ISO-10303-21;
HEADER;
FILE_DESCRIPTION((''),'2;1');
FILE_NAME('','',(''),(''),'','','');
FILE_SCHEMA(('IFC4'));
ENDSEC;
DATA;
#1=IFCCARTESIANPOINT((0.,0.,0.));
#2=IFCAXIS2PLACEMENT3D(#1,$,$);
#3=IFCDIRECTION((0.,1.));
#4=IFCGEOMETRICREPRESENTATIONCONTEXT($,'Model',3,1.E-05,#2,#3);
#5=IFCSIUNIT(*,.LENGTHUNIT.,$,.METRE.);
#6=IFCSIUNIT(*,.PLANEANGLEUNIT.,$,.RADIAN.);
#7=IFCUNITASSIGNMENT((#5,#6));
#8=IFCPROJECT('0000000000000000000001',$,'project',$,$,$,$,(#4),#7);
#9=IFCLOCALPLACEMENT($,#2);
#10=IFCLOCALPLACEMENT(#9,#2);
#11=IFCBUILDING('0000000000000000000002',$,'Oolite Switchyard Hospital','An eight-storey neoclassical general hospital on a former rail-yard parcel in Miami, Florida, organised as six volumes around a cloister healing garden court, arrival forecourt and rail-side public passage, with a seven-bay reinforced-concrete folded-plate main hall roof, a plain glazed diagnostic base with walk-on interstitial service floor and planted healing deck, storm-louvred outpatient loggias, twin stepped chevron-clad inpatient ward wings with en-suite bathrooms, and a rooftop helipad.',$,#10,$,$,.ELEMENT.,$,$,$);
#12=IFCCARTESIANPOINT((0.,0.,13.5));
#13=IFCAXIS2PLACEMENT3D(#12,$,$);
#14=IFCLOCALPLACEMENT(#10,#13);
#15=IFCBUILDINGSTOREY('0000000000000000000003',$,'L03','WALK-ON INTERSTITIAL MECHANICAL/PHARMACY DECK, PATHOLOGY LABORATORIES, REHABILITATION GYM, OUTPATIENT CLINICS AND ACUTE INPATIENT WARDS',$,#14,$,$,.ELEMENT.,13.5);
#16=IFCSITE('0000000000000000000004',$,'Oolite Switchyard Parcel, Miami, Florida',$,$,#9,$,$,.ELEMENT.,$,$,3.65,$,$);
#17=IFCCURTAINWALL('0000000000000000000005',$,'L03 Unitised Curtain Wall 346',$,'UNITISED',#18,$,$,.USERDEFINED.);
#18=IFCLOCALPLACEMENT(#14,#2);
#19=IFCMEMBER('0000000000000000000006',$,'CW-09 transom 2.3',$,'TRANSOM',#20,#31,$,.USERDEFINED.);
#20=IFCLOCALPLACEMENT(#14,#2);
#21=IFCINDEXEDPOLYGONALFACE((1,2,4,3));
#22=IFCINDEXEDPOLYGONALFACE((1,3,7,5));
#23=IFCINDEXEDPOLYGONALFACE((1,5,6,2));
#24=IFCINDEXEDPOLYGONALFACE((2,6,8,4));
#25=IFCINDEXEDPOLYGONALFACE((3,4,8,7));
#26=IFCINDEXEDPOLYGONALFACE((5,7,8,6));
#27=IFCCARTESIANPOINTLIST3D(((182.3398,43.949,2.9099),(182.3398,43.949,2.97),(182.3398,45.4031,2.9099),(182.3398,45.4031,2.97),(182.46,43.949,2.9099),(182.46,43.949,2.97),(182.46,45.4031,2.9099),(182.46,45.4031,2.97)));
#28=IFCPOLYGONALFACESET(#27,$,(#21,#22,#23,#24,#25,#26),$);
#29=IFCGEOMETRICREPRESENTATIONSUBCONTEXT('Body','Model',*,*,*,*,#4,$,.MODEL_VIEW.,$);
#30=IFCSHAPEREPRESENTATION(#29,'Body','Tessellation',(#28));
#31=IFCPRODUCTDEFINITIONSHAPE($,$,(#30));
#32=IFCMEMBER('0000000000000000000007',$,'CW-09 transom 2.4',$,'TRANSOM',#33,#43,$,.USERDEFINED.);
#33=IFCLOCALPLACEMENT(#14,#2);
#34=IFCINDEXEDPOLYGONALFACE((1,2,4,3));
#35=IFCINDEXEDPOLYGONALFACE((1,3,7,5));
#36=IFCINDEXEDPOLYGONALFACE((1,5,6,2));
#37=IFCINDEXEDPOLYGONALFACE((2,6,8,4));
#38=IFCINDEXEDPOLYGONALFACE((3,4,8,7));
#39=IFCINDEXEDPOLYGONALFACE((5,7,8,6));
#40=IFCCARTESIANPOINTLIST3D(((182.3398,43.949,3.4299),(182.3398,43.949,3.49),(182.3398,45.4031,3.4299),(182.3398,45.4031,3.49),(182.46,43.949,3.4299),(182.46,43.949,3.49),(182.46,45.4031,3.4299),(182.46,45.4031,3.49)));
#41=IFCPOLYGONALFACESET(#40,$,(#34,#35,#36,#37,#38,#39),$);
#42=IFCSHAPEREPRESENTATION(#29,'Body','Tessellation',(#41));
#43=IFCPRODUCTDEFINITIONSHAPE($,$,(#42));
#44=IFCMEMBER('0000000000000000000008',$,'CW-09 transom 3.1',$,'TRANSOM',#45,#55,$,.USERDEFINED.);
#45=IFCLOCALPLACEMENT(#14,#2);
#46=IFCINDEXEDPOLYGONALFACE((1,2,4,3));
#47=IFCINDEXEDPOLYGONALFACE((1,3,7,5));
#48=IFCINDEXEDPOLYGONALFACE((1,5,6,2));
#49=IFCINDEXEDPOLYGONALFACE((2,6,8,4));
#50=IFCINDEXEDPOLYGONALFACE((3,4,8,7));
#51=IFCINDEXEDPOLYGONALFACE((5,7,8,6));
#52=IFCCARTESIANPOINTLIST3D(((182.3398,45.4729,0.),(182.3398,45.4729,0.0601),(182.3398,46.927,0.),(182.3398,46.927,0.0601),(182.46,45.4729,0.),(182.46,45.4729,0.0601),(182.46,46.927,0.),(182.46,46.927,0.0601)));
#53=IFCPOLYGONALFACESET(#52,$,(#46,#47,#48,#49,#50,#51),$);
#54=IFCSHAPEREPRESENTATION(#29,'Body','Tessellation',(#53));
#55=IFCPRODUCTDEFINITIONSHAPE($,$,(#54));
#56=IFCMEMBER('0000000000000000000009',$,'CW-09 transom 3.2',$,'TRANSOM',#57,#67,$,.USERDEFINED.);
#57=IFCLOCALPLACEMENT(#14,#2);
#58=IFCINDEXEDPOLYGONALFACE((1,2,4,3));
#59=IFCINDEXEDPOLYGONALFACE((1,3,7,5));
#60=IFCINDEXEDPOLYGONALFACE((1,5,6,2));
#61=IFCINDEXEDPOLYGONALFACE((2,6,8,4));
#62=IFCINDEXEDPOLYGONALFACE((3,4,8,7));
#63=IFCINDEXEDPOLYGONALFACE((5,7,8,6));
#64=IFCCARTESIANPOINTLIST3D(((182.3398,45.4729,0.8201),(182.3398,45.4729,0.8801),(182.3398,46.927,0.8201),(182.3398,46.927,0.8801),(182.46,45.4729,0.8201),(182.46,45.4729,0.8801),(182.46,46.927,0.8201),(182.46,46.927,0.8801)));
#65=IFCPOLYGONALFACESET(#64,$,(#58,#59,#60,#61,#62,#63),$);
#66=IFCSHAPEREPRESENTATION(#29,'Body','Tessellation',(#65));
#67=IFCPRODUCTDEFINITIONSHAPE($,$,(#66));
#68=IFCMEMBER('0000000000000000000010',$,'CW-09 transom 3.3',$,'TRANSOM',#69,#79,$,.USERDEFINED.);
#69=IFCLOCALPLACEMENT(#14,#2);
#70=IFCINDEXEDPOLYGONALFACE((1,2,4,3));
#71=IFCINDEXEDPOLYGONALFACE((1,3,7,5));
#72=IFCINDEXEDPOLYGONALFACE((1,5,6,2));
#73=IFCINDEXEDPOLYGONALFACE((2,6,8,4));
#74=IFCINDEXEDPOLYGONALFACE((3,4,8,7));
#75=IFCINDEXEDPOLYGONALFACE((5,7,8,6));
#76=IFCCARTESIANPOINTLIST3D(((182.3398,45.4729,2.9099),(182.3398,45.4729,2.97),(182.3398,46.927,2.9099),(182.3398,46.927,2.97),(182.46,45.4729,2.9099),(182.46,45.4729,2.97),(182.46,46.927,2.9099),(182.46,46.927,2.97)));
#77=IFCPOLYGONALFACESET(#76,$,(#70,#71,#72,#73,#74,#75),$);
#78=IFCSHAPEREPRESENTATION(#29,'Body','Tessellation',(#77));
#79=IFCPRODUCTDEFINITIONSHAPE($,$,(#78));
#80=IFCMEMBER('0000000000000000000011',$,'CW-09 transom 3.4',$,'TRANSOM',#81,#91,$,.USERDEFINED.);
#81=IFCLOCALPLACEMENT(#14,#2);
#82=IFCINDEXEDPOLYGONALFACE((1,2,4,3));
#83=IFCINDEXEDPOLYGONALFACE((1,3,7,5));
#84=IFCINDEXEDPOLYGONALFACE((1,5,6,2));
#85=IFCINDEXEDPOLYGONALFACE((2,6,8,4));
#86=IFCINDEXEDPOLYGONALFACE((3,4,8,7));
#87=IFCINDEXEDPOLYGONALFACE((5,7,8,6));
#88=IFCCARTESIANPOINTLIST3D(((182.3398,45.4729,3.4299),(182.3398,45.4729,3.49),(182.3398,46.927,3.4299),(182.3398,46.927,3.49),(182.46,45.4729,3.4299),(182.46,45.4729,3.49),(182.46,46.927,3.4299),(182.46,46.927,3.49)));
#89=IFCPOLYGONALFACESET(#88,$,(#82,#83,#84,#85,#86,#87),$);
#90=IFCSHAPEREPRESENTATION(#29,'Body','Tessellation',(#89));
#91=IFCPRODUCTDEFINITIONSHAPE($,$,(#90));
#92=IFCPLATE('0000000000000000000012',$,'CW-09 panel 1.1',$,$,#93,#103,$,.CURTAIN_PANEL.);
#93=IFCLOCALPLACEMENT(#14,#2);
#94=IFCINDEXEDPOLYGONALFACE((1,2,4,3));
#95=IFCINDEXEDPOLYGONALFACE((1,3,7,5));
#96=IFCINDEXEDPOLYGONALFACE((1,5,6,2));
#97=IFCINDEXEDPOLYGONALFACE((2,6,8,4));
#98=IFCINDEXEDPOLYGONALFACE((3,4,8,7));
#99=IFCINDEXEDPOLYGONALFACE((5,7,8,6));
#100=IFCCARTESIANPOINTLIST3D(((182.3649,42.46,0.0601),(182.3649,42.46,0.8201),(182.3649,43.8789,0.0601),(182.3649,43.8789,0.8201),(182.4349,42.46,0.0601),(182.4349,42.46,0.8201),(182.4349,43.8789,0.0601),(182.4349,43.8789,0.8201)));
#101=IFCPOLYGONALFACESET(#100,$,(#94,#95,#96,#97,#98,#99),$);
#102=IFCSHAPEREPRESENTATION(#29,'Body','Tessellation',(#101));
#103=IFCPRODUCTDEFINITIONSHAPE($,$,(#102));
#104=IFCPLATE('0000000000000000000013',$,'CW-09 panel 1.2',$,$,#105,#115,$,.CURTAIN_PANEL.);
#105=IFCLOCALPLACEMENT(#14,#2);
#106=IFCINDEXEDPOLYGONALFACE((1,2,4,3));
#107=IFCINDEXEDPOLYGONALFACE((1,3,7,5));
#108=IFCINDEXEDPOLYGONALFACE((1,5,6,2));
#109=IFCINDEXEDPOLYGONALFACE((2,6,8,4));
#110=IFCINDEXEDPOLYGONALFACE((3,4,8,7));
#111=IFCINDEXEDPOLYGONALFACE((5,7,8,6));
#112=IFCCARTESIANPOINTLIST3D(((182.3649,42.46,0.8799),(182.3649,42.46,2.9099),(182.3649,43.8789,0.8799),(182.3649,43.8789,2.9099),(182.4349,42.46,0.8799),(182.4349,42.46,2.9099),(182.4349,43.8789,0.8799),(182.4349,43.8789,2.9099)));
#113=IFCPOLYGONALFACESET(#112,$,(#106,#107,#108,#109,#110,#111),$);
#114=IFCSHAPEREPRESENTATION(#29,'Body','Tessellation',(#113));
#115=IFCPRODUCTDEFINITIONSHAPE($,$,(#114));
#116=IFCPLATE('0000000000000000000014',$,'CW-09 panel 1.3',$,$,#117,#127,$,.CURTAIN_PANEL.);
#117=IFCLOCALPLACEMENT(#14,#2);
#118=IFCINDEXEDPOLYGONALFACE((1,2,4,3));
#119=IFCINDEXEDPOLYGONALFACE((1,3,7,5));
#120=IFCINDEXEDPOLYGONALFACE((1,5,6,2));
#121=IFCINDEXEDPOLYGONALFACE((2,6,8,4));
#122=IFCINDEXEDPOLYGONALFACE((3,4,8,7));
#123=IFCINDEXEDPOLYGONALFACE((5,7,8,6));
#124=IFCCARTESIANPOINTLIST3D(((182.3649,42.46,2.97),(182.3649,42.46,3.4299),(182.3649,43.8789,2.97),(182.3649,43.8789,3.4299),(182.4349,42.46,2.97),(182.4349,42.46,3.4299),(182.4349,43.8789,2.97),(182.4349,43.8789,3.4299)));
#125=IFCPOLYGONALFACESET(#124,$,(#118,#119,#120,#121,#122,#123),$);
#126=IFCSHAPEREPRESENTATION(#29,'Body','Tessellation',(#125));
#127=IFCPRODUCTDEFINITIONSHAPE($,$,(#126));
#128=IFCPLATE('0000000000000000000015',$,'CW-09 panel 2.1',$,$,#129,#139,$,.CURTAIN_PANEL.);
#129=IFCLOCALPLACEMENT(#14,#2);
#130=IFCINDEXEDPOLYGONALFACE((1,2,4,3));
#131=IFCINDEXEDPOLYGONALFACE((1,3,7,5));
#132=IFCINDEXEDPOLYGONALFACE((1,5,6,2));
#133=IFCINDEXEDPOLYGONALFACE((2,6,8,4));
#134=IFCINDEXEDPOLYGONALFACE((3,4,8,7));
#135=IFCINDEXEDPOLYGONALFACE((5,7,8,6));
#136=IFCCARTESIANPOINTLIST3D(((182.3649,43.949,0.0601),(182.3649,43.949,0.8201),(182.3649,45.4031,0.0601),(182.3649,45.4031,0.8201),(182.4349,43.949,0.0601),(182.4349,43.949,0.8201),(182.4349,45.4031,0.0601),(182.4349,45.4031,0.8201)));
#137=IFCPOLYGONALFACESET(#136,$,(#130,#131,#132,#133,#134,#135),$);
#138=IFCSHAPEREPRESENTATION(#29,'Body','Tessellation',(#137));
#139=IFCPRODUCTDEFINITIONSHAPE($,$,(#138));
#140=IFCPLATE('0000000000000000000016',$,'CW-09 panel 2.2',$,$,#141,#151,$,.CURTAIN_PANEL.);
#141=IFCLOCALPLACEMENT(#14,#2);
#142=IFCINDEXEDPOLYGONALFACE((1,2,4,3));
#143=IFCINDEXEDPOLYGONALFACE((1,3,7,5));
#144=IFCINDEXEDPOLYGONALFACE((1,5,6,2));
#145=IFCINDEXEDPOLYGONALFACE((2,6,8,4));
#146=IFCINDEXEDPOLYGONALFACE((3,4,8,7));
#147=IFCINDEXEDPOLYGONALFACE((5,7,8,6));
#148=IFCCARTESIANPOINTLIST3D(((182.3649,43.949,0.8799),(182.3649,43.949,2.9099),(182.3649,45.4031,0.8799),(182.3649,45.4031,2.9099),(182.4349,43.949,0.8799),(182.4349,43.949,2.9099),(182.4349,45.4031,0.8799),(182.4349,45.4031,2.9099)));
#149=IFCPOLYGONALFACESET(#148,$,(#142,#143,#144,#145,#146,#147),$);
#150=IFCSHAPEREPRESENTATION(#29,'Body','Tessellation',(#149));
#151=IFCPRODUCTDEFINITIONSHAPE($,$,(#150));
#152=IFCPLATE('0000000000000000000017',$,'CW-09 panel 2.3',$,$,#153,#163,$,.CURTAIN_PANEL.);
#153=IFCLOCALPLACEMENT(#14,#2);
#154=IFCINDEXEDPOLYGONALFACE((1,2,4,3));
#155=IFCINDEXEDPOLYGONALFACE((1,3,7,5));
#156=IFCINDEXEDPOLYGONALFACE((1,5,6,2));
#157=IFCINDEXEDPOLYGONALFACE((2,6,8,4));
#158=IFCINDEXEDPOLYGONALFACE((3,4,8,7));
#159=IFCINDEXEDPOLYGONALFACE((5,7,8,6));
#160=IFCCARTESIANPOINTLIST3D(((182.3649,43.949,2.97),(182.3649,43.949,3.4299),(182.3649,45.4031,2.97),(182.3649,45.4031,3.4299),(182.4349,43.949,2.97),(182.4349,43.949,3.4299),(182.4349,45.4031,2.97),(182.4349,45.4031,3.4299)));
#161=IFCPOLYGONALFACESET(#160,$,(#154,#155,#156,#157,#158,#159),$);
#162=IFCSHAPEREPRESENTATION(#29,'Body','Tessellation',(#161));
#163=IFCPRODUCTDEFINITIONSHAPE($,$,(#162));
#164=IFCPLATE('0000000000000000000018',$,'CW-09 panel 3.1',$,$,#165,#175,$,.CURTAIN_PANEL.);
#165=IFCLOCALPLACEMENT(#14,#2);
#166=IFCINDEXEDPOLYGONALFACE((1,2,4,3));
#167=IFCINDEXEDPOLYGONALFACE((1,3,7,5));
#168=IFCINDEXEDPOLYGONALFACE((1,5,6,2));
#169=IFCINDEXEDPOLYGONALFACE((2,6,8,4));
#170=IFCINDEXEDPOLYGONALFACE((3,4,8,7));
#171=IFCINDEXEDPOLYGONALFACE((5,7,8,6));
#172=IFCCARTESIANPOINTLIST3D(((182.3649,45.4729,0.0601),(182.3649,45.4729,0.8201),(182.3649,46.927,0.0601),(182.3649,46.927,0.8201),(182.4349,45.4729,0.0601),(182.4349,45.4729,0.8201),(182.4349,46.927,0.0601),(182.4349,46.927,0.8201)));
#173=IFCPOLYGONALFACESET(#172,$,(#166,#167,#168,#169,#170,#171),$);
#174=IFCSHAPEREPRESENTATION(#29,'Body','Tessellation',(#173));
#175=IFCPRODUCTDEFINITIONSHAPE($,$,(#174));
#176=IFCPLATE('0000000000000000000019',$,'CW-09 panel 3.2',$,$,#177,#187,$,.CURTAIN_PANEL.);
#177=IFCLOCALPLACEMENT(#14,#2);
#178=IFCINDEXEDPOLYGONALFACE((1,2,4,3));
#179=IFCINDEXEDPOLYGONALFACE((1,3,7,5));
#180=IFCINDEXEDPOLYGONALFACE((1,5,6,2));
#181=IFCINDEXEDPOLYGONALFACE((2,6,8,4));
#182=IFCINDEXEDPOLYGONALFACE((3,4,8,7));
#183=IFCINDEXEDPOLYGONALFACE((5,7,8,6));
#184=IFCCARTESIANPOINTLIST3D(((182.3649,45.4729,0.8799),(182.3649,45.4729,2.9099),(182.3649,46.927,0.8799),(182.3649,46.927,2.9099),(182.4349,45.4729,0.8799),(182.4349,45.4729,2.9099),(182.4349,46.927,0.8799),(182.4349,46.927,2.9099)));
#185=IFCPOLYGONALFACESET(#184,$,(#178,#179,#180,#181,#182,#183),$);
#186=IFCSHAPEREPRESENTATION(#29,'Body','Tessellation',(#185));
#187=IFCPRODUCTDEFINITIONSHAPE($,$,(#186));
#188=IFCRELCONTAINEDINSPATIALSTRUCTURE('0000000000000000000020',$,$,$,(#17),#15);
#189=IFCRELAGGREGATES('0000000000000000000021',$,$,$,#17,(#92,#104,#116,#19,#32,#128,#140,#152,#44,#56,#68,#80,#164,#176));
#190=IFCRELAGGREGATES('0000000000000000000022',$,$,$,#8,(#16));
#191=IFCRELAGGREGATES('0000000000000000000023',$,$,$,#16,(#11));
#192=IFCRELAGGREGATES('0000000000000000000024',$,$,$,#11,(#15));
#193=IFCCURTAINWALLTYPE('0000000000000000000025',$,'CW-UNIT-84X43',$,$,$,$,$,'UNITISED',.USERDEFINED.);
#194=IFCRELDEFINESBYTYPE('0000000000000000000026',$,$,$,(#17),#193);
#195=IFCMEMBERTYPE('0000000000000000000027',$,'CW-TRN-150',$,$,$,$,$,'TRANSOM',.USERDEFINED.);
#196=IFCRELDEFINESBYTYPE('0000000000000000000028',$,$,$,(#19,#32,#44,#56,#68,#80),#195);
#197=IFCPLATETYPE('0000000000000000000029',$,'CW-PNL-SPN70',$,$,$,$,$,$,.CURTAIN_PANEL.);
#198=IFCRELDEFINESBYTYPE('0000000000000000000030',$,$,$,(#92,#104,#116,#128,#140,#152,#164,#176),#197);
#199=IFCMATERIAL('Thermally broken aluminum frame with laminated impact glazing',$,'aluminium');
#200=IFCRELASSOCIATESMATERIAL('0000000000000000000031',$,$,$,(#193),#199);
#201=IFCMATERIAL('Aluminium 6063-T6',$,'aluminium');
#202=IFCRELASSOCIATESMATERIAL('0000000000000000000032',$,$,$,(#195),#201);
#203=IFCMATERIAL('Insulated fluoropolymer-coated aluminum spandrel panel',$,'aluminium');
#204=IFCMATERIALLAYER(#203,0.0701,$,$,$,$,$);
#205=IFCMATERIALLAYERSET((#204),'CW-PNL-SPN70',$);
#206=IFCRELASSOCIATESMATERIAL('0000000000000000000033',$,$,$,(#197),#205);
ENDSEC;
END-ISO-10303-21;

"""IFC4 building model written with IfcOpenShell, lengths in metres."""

from ifc_helpers import new_model, si_unit, direction, frame, origin, origin_2d, place, context, subcontext, project, spatial, rectangle, extrude, material, layer, layer_set, material_profile, profile_set, type_object, element, aggregate, save


model = new_model("IFC4")

# Units and contexts
model_context = context("Model", 3, precision=1e-05, world=origin(), true_north=direction((0.0, 1.0)))
body_context = subcontext(model_context, "Body", "Model", "MODEL_VIEW")
ifc_project = project(units=[si_unit("LENGTHUNIT", "METRE"), si_unit("PLANEANGLEUNIT", "RADIAN")], contexts=[model_context])

# Site, building, storey
site_placement = place(None, origin())
site = spatial("IfcSite", under=ifc_project, at=site_placement, Name="Oolite Switchyard Parcel, Miami, Florida", CompositionType="ELEMENT", RefElevation=3.65)
building_placement = place(site_placement, origin())
building = spatial("IfcBuilding", under=site, at=building_placement, Name="Oolite Switchyard Hospital", Description="An eight-storey neoclassical general hospital on a former rail-yard parcel in Miami, Florida, organised as six volumes around a cloister healing garden court, arrival forecourt and rail-side public passage, with a seven-bay reinforced-concrete folded-plate main hall roof, a plain glazed diagnostic base with walk-on interstitial service floor and planted healing deck, storm-louvred outpatient loggias, twin stepped chevron-clad inpatient ward wings with en-suite bathrooms, and a rooftop helipad.", CompositionType="ELEMENT")
storey_placement = place(building_placement, frame((0.0, 0.0, 13.5)))
storey = spatial("IfcBuildingStorey", under=building, at=storey_placement, Name="L03", Description="WALK-ON INTERSTITIAL MECHANICAL/PHARMACY DECK, PATHOLOGY LABORATORIES, REHABILITATION GYM, OUTPATIENT CLINICS AND ACUTE INPATIENT WARDS", CompositionType="ELEMENT", Elevation=13.5)

# Curtain wall, members, plates
ifc_material_1 = material(Name="Thermally broken aluminum frame with laminated impact glazing", Category="aluminium")
curtain_wall_type = type_object("IfcCurtainWallType", Name="CW-UNIT-84X43", ElementType="UNITISED", PredefinedType="USERDEFINED", material=ifc_material_1)
curtain_wall_placement = place(storey_placement, origin())
curtain_wall = element("IfcCurtainWall", 1, at=curtain_wall_placement, inside=storey, type_object=curtain_wall_type, Name="L03 Unitised Curtain Wall 346", ObjectType="UNITISED", PredefinedType="USERDEFINED")
ifc_material_2 = material(Name="Aluminium 6063-T6", Category="aluminium")
ifc_material_profile_1 = material_profile(ifc_material_2, rectangle(XDim=0.1201, YDim=0.0601, at=origin_2d()), Name="CWT60X120")
ifc_profile_set_1 = profile_set([ifc_material_profile_1], Name="Aluminium 6063-T6")
member_type_1 = type_object("IfcMemberType", Name="CW-TRN-150", ElementType="TRANSOM", PredefinedType="USERDEFINED", material=ifc_profile_set_1)
member_1_placement = place(storey_placement, frame((182.3999, 43.949, 2.9399), z_axis=(0.0, 1.0, 0.0), x_axis=(-1.0, 0.0, 0.0)))
member_1 = element("IfcMember", 2, at=member_1_placement, type_object=member_type_1, Name="CW-09 transom 2.3", ObjectType="TRANSOM", PredefinedType="USERDEFINED", context=body_context, shape_type="SweptSolid", body=[
    extrude(rectangle(XDim=0.1201, YDim=0.0601, at=origin_2d()), origin(), (0.0, 0.0, 1.0), 1.4541),
])
member_2_placement = place(storey_placement, frame((182.3999, 43.949, 3.46), z_axis=(0.0, 1.0, 0.0), x_axis=(-1.0, 0.0, 0.0)))
member_2 = element("IfcMember", 3, at=member_2_placement, type_object=member_type_1, Name="CW-09 transom 2.4", ObjectType="TRANSOM", PredefinedType="USERDEFINED", context=body_context, shape_type="SweptSolid", body=[
    extrude(rectangle(XDim=0.1201, YDim=0.0601, at=origin_2d()), origin(), (0.0, 0.0, 1.0), 1.4541),
])
member_3_placement = place(storey_placement, frame((182.3999, 45.4729, 0.03), z_axis=(0.0, 1.0, 0.0), x_axis=(-1.0, 0.0, 0.0)))
member_3 = element("IfcMember", 4, at=member_3_placement, type_object=member_type_1, Name="CW-09 transom 3.1", ObjectType="TRANSOM", PredefinedType="USERDEFINED", context=body_context, shape_type="SweptSolid", body=[
    extrude(rectangle(XDim=0.1201, YDim=0.0601, at=origin_2d()), origin(), (0.0, 0.0, 1.0), 1.4541),
])
member_4_placement = place(storey_placement, frame((182.3999, 45.4729, 0.8501), z_axis=(0.0, 1.0, 0.0), x_axis=(-1.0, 0.0, 0.0)))
member_4 = element("IfcMember", 5, at=member_4_placement, type_object=member_type_1, Name="CW-09 transom 3.2", ObjectType="TRANSOM", PredefinedType="USERDEFINED", context=body_context, shape_type="SweptSolid", body=[
    extrude(rectangle(XDim=0.1201, YDim=0.0601, at=origin_2d()), origin(), (0.0, 0.0, 1.0), 1.4541),
])
member_5_placement = place(storey_placement, frame((182.3999, 45.4729, 2.9399), z_axis=(0.0, 1.0, 0.0), x_axis=(-1.0, 0.0, 0.0)))
member_5 = element("IfcMember", 6, at=member_5_placement, type_object=member_type_1, Name="CW-09 transom 3.3", ObjectType="TRANSOM", PredefinedType="USERDEFINED", context=body_context, shape_type="SweptSolid", body=[
    extrude(rectangle(XDim=0.1201, YDim=0.0601, at=origin_2d()), origin(), (0.0, 0.0, 1.0), 1.4541),
])
member_6_placement = place(storey_placement, frame((182.3999, 45.4729, 3.46), z_axis=(0.0, 1.0, 0.0), x_axis=(-1.0, 0.0, 0.0)))
member_6 = element("IfcMember", 7, at=member_6_placement, type_object=member_type_1, Name="CW-09 transom 3.4", ObjectType="TRANSOM", PredefinedType="USERDEFINED", context=body_context, shape_type="SweptSolid", body=[
    extrude(rectangle(XDim=0.1201, YDim=0.0601, at=origin_2d()), origin(), (0.0, 0.0, 1.0), 1.4541),
])
ifc_material_3 = material(Name="Insulated fluoropolymer-coated aluminum spandrel panel", Category="aluminium")
ifc_layer = layer(ifc_material_3, 0.0701)
ifc_layer_set = layer_set([ifc_layer], Name="CW-PNL-SPN70")
plate_type = type_object("IfcPlateType", Name="CW-PNL-SPN70", PredefinedType="CURTAIN_PANEL", material=ifc_layer_set)
plate_1_placement = place(storey_placement, frame((182.3999, 43.1694, 0.0601), z_axis=(0.0, 0.0, 1.0), x_axis=(0.0, 1.0, 0.0)))
plate_1 = element("IfcPlate", 8, at=plate_1_placement, type_object=plate_type, Name="CW-09 panel 1.1", PredefinedType="CURTAIN_PANEL", context=body_context, shape_type="SweptSolid", body=[
    extrude(rectangle(XDim=1.4189, YDim=0.0701, at=origin_2d()), origin(), (0.0, 0.0, 1.0), 0.76),
])
plate_2_placement = place(storey_placement, frame((182.3999, 43.1694, 0.8799), z_axis=(0.0, 0.0, 1.0), x_axis=(0.0, 1.0, 0.0)))
plate_2 = element("IfcPlate", 9, at=plate_2_placement, type_object=plate_type, Name="CW-09 panel 1.2", PredefinedType="CURTAIN_PANEL", context=body_context, shape_type="SweptSolid", body=[
    extrude(rectangle(XDim=1.4189, YDim=0.0701, at=origin_2d()), origin(), (0.0, 0.0, 1.0), 2.03),
])
plate_3_placement = place(storey_placement, frame((182.3999, 43.1694, 2.97), z_axis=(0.0, 0.0, 1.0), x_axis=(0.0, 1.0, 0.0)))
plate_3 = element("IfcPlate", 10, at=plate_3_placement, type_object=plate_type, Name="CW-09 panel 1.3", PredefinedType="CURTAIN_PANEL", context=body_context, shape_type="SweptSolid", body=[
    extrude(rectangle(XDim=1.4189, YDim=0.0701, at=origin_2d()), origin(), (0.0, 0.0, 1.0), 0.46),
])
plate_4_placement = place(storey_placement, frame((182.3999, 44.676, 0.0601), z_axis=(0.0, 0.0, 1.0), x_axis=(0.0, 1.0, 0.0)))
plate_4 = element("IfcPlate", 11, at=plate_4_placement, type_object=plate_type, Name="CW-09 panel 2.1", PredefinedType="CURTAIN_PANEL", context=body_context, shape_type="SweptSolid", body=[
    extrude(rectangle(XDim=1.4541, YDim=0.0701, at=origin_2d()), origin(), (0.0, 0.0, 1.0), 0.76),
])
plate_5_placement = place(storey_placement, frame((182.3999, 44.676, 0.8799), z_axis=(0.0, 0.0, 1.0), x_axis=(0.0, 1.0, 0.0)))
plate_5 = element("IfcPlate", 12, at=plate_5_placement, type_object=plate_type, Name="CW-09 panel 2.2", PredefinedType="CURTAIN_PANEL", context=body_context, shape_type="SweptSolid", body=[
    extrude(rectangle(XDim=1.4541, YDim=0.0701, at=origin_2d()), origin(), (0.0, 0.0, 1.0), 2.03),
])
plate_6_placement = place(storey_placement, frame((182.3999, 44.676, 2.97), z_axis=(0.0, 0.0, 1.0), x_axis=(0.0, 1.0, 0.0)))
plate_6 = element("IfcPlate", 13, at=plate_6_placement, type_object=plate_type, Name="CW-09 panel 2.3", PredefinedType="CURTAIN_PANEL", context=body_context, shape_type="SweptSolid", body=[
    extrude(rectangle(XDim=1.4541, YDim=0.0701, at=origin_2d()), origin(), (0.0, 0.0, 1.0), 0.46),
])
plate_7_placement = place(storey_placement, frame((182.3999, 46.2, 0.0601), z_axis=(0.0, 0.0, 1.0), x_axis=(0.0, 1.0, 0.0)))
plate_7 = element("IfcPlate", 14, at=plate_7_placement, type_object=plate_type, Name="CW-09 panel 3.1", PredefinedType="CURTAIN_PANEL", context=body_context, shape_type="SweptSolid", body=[
    extrude(rectangle(XDim=1.4541, YDim=0.0701, at=origin_2d()), origin(), (0.0, 0.0, 1.0), 0.76),
])
plate_8_placement = place(storey_placement, frame((182.3999, 46.2, 0.8799), z_axis=(0.0, 0.0, 1.0), x_axis=(0.0, 1.0, 0.0)))
plate_8 = element("IfcPlate", 15, at=plate_8_placement, type_object=plate_type, Name="CW-09 panel 3.2", PredefinedType="CURTAIN_PANEL", context=body_context, shape_type="SweptSolid", body=[
    extrude(rectangle(XDim=1.4541, YDim=0.0701, at=origin_2d()), origin(), (0.0, 0.0, 1.0), 2.03),
])
aggregate(curtain_wall, [plate_1, plate_2, plate_3, member_1, member_2, plate_4, plate_5, plate_6, member_3, member_4, member_5, member_6, plate_7, plate_8])

save(model, "model.ifc")
